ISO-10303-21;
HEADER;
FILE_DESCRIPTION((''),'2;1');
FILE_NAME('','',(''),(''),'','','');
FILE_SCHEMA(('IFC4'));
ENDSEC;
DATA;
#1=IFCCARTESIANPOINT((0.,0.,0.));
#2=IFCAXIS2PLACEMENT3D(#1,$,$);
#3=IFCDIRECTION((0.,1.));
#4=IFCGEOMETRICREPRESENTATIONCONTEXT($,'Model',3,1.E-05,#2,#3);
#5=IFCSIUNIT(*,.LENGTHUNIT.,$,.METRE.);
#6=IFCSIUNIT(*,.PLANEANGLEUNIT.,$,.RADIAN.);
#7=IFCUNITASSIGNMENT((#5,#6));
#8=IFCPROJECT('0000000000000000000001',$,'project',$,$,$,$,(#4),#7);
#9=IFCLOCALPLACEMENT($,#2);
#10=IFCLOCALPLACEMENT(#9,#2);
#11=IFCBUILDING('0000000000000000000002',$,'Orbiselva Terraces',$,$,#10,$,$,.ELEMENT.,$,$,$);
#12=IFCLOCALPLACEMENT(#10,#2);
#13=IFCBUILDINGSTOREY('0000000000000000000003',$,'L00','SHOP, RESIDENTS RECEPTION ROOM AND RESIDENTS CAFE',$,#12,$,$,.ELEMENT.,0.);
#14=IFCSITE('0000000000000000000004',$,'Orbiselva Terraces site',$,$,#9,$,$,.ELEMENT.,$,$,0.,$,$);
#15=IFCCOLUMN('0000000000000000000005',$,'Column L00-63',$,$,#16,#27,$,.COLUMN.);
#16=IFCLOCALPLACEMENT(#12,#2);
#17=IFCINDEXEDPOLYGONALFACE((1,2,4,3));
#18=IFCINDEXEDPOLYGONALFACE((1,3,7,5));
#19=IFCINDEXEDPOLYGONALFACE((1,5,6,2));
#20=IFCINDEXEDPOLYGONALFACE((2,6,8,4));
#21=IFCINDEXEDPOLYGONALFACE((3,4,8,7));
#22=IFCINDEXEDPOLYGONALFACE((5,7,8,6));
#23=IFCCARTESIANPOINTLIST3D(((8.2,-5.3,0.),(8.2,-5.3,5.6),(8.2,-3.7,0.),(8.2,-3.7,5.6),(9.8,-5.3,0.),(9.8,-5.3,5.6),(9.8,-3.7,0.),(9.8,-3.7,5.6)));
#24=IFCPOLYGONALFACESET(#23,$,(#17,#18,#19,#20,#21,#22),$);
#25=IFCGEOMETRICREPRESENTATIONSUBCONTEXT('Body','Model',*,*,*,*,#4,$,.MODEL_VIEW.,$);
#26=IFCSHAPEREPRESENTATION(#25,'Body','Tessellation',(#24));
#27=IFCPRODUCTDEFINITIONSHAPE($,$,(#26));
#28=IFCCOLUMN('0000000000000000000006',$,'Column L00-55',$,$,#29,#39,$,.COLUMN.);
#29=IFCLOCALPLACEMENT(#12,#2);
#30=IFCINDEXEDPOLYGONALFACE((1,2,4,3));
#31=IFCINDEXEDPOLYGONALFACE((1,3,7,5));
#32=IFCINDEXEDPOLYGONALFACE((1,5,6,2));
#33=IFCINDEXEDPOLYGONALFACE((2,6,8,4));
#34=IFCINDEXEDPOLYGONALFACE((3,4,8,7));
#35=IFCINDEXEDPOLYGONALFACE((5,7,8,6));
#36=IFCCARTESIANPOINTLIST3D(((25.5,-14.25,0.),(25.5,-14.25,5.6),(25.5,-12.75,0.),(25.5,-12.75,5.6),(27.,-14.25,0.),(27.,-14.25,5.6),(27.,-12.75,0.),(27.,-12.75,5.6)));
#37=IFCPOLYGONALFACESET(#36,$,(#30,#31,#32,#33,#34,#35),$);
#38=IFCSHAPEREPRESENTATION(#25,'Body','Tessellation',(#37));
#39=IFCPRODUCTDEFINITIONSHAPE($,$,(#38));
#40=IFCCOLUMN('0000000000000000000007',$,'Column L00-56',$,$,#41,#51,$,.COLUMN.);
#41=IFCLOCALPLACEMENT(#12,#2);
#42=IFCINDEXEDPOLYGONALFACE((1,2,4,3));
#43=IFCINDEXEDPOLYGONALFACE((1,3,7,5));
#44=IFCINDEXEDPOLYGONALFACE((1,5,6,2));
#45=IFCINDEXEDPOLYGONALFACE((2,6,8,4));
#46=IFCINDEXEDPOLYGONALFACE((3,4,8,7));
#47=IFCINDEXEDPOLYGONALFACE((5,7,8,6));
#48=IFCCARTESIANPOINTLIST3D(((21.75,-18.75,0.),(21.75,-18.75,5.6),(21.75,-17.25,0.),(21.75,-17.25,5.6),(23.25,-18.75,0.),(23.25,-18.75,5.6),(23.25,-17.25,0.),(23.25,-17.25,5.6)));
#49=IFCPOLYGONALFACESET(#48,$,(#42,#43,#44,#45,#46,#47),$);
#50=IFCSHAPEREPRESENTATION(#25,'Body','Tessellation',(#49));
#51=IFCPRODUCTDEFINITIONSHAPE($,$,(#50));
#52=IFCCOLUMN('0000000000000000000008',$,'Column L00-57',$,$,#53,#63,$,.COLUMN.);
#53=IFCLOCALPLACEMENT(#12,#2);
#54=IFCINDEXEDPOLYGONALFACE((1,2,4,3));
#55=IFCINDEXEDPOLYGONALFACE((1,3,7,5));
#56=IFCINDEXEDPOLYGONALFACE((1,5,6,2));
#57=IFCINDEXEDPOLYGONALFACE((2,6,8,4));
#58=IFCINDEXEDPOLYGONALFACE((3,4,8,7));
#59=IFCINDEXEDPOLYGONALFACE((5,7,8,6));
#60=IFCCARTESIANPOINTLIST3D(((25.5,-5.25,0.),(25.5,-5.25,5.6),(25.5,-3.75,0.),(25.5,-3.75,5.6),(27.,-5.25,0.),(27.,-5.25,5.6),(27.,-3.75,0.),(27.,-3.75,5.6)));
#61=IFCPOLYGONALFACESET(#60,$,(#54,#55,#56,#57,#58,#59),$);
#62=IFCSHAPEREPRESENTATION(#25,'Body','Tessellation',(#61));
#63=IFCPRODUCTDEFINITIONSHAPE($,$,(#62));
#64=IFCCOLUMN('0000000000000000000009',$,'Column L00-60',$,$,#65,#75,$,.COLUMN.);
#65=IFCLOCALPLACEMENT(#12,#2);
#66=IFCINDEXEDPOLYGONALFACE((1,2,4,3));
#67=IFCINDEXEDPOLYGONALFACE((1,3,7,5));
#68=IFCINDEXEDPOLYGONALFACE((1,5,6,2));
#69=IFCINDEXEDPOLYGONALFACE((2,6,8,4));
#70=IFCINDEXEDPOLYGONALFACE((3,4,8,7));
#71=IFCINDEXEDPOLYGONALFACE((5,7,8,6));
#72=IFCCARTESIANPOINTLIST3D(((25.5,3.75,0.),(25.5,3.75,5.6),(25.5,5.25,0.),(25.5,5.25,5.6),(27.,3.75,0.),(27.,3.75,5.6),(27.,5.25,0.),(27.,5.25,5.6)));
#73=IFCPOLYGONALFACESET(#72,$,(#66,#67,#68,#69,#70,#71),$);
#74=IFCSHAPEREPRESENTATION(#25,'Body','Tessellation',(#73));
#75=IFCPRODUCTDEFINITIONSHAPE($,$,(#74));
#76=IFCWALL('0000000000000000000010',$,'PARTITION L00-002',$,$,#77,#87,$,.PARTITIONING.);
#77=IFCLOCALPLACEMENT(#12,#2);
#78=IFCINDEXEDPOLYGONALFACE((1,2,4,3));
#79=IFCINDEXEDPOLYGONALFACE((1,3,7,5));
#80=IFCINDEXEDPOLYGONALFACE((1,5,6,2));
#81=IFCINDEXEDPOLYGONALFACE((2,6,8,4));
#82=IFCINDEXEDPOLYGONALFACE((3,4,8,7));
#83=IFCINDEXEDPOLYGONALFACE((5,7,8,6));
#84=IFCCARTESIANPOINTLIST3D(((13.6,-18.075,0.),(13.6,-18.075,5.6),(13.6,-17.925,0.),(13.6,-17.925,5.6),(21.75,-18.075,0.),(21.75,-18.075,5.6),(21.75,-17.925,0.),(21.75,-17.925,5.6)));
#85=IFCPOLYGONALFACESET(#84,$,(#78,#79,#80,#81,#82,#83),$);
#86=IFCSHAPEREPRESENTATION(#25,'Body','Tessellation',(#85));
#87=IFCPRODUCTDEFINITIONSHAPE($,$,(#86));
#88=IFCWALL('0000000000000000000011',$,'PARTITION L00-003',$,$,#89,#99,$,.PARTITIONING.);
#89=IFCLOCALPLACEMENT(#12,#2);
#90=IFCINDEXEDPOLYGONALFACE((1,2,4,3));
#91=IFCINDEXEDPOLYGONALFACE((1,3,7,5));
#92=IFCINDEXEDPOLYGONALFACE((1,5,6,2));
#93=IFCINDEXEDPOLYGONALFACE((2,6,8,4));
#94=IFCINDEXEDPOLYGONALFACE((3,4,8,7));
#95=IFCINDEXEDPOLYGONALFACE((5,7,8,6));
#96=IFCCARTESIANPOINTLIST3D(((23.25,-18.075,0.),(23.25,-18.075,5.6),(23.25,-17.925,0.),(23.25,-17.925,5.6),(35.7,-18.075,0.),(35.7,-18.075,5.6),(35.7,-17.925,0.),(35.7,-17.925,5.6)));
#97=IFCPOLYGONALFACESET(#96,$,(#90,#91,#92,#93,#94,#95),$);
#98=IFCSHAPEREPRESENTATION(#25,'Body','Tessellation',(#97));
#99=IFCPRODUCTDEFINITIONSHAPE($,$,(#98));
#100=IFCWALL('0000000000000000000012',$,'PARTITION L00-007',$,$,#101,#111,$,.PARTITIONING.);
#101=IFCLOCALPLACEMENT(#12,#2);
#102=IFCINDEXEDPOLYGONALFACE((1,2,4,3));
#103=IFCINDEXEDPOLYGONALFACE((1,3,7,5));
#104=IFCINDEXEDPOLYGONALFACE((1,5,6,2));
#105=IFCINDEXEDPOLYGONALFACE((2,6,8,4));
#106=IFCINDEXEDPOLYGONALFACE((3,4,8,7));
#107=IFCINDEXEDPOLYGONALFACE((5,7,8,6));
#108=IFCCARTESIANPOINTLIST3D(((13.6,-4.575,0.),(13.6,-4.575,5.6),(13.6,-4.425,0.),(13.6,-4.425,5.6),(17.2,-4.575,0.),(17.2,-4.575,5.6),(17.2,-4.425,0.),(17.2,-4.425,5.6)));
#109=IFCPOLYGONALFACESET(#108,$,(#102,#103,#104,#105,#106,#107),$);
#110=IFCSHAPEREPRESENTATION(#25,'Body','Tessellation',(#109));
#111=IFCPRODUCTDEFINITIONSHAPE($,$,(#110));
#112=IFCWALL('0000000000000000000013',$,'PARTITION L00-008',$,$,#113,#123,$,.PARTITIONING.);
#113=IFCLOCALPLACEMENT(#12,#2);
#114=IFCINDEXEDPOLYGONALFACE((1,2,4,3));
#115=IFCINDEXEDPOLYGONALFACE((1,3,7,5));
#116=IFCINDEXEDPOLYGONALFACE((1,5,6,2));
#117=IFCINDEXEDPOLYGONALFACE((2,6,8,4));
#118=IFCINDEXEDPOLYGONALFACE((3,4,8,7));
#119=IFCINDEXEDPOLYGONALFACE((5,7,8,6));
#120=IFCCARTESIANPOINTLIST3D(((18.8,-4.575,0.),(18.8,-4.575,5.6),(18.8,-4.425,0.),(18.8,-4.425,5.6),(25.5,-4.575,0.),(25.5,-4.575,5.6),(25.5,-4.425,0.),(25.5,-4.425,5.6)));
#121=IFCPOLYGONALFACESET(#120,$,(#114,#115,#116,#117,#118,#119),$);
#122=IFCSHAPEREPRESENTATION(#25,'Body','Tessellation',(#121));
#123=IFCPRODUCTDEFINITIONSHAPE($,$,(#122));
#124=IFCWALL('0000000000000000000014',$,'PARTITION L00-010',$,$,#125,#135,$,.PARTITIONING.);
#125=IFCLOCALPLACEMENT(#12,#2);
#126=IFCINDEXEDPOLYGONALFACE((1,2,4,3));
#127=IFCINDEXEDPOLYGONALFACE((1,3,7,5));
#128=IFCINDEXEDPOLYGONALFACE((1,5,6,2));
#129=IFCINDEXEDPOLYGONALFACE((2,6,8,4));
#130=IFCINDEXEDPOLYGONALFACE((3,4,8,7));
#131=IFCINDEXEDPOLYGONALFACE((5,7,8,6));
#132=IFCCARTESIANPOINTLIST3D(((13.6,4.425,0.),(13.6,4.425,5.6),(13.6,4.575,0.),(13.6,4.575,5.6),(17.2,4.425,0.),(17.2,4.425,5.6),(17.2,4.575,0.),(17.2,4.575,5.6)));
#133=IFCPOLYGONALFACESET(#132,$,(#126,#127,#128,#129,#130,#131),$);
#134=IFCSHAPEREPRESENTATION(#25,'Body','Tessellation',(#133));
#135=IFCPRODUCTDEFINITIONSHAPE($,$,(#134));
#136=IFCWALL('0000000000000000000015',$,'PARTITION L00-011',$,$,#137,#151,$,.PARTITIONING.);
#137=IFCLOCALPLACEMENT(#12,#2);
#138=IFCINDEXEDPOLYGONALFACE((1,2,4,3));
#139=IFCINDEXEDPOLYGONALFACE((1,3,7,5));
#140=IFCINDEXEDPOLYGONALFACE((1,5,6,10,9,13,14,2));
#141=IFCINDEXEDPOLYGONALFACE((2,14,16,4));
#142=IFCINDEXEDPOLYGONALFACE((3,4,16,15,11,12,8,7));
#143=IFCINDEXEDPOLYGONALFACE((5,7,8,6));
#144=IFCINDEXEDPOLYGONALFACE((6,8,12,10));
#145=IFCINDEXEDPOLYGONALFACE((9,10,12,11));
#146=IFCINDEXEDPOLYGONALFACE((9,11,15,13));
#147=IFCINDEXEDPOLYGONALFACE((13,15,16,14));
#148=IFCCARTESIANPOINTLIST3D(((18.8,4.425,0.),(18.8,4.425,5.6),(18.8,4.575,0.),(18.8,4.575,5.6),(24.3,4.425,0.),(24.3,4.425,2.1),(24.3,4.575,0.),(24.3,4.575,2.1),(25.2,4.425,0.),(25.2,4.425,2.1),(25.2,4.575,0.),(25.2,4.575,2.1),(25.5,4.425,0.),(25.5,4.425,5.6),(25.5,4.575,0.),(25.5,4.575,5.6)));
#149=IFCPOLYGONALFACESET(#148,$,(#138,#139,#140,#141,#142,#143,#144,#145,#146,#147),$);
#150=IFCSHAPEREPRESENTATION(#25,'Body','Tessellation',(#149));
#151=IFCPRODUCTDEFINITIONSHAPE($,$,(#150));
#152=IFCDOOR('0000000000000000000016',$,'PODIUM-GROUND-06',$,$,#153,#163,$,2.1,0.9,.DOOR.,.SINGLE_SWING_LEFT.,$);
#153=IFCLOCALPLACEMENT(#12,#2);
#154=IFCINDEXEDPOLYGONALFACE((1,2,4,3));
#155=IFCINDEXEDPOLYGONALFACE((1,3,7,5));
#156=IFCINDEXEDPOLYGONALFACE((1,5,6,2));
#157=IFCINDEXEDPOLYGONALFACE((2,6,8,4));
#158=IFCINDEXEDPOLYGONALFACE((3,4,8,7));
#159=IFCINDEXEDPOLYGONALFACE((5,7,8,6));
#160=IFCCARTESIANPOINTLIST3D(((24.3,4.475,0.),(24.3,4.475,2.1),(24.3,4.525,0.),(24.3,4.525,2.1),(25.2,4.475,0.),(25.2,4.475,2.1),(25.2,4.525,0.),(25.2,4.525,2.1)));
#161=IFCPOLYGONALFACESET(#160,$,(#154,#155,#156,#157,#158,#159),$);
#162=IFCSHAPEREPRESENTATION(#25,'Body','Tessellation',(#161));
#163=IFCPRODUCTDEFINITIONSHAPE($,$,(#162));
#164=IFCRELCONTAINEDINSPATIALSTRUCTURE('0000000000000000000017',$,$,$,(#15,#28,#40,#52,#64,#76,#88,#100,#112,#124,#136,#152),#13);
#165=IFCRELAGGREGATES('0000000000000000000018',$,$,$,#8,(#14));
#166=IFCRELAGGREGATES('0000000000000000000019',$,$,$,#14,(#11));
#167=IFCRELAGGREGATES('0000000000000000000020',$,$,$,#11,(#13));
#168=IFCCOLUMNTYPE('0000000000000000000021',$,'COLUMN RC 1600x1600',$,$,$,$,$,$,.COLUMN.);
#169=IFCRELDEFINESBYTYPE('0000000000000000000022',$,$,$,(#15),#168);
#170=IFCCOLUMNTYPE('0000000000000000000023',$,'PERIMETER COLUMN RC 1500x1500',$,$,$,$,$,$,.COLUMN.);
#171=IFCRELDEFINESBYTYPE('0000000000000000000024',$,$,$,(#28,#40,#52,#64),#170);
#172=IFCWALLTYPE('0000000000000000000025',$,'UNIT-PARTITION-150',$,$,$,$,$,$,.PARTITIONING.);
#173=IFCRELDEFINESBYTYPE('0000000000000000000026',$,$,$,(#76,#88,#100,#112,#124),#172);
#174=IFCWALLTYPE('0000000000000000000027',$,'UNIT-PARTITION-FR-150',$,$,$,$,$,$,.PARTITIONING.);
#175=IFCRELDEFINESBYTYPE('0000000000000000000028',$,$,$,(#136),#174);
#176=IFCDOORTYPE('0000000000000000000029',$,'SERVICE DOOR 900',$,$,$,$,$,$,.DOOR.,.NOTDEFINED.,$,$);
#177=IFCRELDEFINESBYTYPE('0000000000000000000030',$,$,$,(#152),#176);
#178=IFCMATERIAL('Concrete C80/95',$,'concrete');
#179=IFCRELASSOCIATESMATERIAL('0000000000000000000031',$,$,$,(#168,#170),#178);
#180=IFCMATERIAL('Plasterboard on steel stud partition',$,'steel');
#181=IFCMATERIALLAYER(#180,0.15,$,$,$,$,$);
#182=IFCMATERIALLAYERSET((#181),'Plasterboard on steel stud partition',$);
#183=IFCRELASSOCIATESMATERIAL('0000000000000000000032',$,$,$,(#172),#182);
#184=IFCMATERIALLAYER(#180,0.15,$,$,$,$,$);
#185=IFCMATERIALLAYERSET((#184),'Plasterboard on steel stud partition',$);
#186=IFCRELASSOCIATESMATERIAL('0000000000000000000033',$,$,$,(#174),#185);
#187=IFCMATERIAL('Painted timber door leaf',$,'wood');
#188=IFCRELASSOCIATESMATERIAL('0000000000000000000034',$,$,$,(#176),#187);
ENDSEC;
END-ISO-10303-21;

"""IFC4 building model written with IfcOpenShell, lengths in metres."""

from ifc_helpers import new_model, si_unit, direction, frame, frame_2d, origin, origin_2d, place, context, subcontext, project, spatial, rectangle, extrude, material, layer, layer_set, material_profile, profile_set, type_object, element, fill, save


model = new_model("IFC4")

# Units and contexts
model_context = context("Model", 3, precision=1e-05, world=origin(), true_north=direction((0.0, 1.0)))
body_context = subcontext(model_context, "Body", "Model", "MODEL_VIEW")
ifc_project = project(units=[si_unit("LENGTHUNIT", "METRE"), si_unit("PLANEANGLEUNIT", "RADIAN")], contexts=[model_context])

# Site, building, storey
site_placement = place(None, origin())
site = spatial("IfcSite", under=ifc_project, at=site_placement, Name="Orbiselva Terraces site", CompositionType="ELEMENT", RefElevation=0.0)
building_placement = place(site_placement, origin())
building = spatial("IfcBuilding", under=site, at=building_placement, Name="Orbiselva Terraces", CompositionType="ELEMENT")
storey_placement = place(building_placement, origin())
storey = spatial("IfcBuildingStorey", under=building, at=storey_placement, Name="L00", Description="SHOP, RESIDENTS RECEPTION ROOM AND RESIDENTS CAFE", CompositionType="ELEMENT", Elevation=0.0)

# Columns
ifc_material_1 = material(Name="Concrete C80/95", Category="concrete")
ifc_material_profile_1 = material_profile(ifc_material_1, rectangle(XDim=1.6, YDim=1.6, at=origin_2d()), Name="RC 1600x1600")
ifc_profile_set_1 = profile_set([ifc_material_profile_1], Name="Concrete C80/95")
column_type_1 = type_object("IfcColumnType", Name="COLUMN RC 1600x1600", PredefinedType="COLUMN", material=ifc_profile_set_1)
for number, where, z_axis, x_axis, name in (
    (1, (9.0, -4.5, 0.0), (0.0, 0.0, 1.0), (1.0, 0.0, 0.0), "Column L00-63"),
):
    element("IfcColumn", number, at=place(storey_placement, frame(where, z_axis=z_axis, x_axis=x_axis)), inside=storey, type_object=column_type_1, Name=name, PredefinedType="COLUMN", context=body_context, shape_type="SweptSolid", body=[
        extrude(rectangle(XDim=1.6, YDim=1.6, at=origin_2d()), origin(), (0.0, 0.0, 1.0), 5.6),
    ])
ifc_material_profile_2 = material_profile(ifc_material_1, rectangle(XDim=1.5, YDim=1.5, at=origin_2d()), Name="RC 1500x1500")
ifc_profile_set_2 = profile_set([ifc_material_profile_2], Name="Concrete C80/95")
column_type_2 = type_object("IfcColumnType", Name="PERIMETER COLUMN RC 1500x1500", PredefinedType="COLUMN", material=ifc_profile_set_2)
for number, where, z_axis, x_axis, name in (
    (2, (26.25, -13.5, 0.0), (0.0, 0.0, 1.0), (1.0, 0.0, 0.0), "Column L00-55"),
    (3, (22.5, -18.0, 0.0), (0.0, 0.0, 1.0), (1.0, 0.0, 0.0), "Column L00-56"),
    (4, (26.25, -4.5, 0.0), (0.0, 0.0, 1.0), (1.0, 0.0, 0.0), "Column L00-57"),
    (5, (26.25, 4.5, 0.0), (0.0, 0.0, 1.0), (1.0, 0.0, 0.0), "Column L00-60"),
):
    element("IfcColumn", number, at=place(storey_placement, frame(where, z_axis=z_axis, x_axis=x_axis)), inside=storey, type_object=column_type_2, Name=name, PredefinedType="COLUMN", context=body_context, shape_type="SweptSolid", body=[
        extrude(rectangle(XDim=1.5, YDim=1.5, at=origin_2d()), origin(), (0.0, 0.0, 1.0), 5.6),
    ])

# Walls
ifc_material_2 = material(Name="Plasterboard on steel stud partition", Category="steel")
ifc_layer_1 = layer(ifc_material_2, 0.15)
ifc_layer_set_1 = layer_set([ifc_layer_1], Name="Plasterboard on steel stud partition")
wall_type_1 = type_object("IfcWallType", Name="UNIT-PARTITION-150", PredefinedType="PARTITIONING", material=ifc_layer_set_1)
wall_1_placement = place(storey_placement, frame((13.6, -18.0, 0.0), z_axis=(0.0, 0.0, 1.0), x_axis=(1.0, 0.0, 0.0)))
element("IfcWall", 6, at=wall_1_placement, inside=storey, type_object=wall_type_1, Name="PARTITION L00-002", PredefinedType="PARTITIONING", context=body_context, shape_type="SweptSolid", body=[
    extrude(rectangle(XDim=8.15, YDim=0.15, at=frame_2d((4.075, 0.0))), origin(), (0.0, 0.0, 1.0), 5.6),
])
wall_2_placement = place(storey_placement, frame((23.25, -18.0, 0.0), z_axis=(0.0, 0.0, 1.0), x_axis=(1.0, 0.0, 0.0)))
element("IfcWall", 7, at=wall_2_placement, inside=storey, type_object=wall_type_1, Name="PARTITION L00-003", PredefinedType="PARTITIONING", context=body_context, shape_type="SweptSolid", body=[
    extrude(rectangle(XDim=12.45, YDim=0.15, at=frame_2d((6.225, 0.0))), origin(), (0.0, 0.0, 1.0), 5.6),
])
wall_3_placement = place(storey_placement, frame((13.6, -4.5, 0.0), z_axis=(0.0, 0.0, 1.0), x_axis=(1.0, 0.0, 0.0)))
element("IfcWall", 8, at=wall_3_placement, inside=storey, type_object=wall_type_1, Name="PARTITION L00-007", PredefinedType="PARTITIONING", context=body_context, shape_type="SweptSolid", body=[
    extrude(rectangle(XDim=3.6, YDim=0.15, at=frame_2d((1.8, 0.0))), origin(), (0.0, 0.0, 1.0), 5.6),
])
wall_4_placement = place(storey_placement, frame((18.8, -4.5, 0.0), z_axis=(0.0, 0.0, 1.0), x_axis=(1.0, 0.0, 0.0)))
element("IfcWall", 9, at=wall_4_placement, inside=storey, type_object=wall_type_1, Name="PARTITION L00-008", PredefinedType="PARTITIONING", context=body_context, shape_type="SweptSolid", body=[
    extrude(rectangle(XDim=6.7, YDim=0.15, at=frame_2d((3.35, 0.0))), origin(), (0.0, 0.0, 1.0), 5.6),
])
wall_5_placement = place(storey_placement, frame((13.6, 4.5, 0.0), z_axis=(0.0, 0.0, 1.0), x_axis=(1.0, 0.0, 0.0)))
element("IfcWall", 10, at=wall_5_placement, inside=storey, type_object=wall_type_1, Name="PARTITION L00-010", PredefinedType="PARTITIONING", context=body_context, shape_type="SweptSolid", body=[
    extrude(rectangle(XDim=3.6, YDim=0.15, at=frame_2d((1.8, 0.0))), origin(), (0.0, 0.0, 1.0), 5.6),
])

# Wall, opening, door
ifc_layer_2 = layer(ifc_material_2, 0.15)
ifc_layer_set_2 = layer_set([ifc_layer_2], Name="Plasterboard on steel stud partition")
wall_type_2 = type_object("IfcWallType", Name="UNIT-PARTITION-FR-150", PredefinedType="PARTITIONING", material=ifc_layer_set_2)
wall_6_placement = place(storey_placement, frame((25.5, 4.5, 0.0), z_axis=(0.0, 0.0, 1.0), x_axis=(-1.0, 0.0, 0.0)))
wall_6 = element("IfcWall", 11, at=wall_6_placement, inside=storey, type_object=wall_type_2, Name="PARTITION L00-011", PredefinedType="PARTITIONING", context=body_context, shape_type="SweptSolid", body=[
    extrude(rectangle(XDim=6.7, YDim=0.15, at=frame_2d((3.35, 0.0))), origin(), (0.0, 0.0, 1.0), 5.6),
])
opening_placement = place(wall_6_placement, frame((0.3, 0.0, 0.0)))
opening = element("IfcOpeningElement", 12, at=opening_placement, cuts=wall_6, PredefinedType="OPENING", context=body_context, shape_type="SweptSolid", body=[
    extrude(rectangle(XDim=0.9, YDim=2.1, at=frame_2d((0.45, 1.05))), frame((0.0, 0.085, 0.0), z_axis=(0.0, -1.0, 0.0), x_axis=(1.0, 0.0, 0.0)), (0.0, 0.0, 1.0), 0.17),
])
ifc_material_3 = material(Name="Painted timber door leaf", Category="wood")
door_type = type_object("IfcDoorType", Name="SERVICE DOOR 900", OperationType="NOTDEFINED", PredefinedType="DOOR", material=ifc_material_3)
door_placement = place(opening_placement, origin())
door = element("IfcDoor", 13, at=door_placement, inside=storey, type_object=door_type, Name="PODIUM-GROUND-06", OperationType="SINGLE_SWING_LEFT", OverallHeight=2.1, OverallWidth=0.9, PredefinedType="DOOR", context=body_context, shape_type="SweptSolid", body=[
    extrude(rectangle(XDim=0.9, YDim=2.1, at=frame_2d((0.45, 1.05))), frame((0.0, 0.025, 0.0), z_axis=(0.0, -1.0, 0.0), x_axis=(1.0, 0.0, 0.0)), (0.0, 0.0, 1.0), 0.05),
])
fill(opening, door)

save(model, "model.ifc")
